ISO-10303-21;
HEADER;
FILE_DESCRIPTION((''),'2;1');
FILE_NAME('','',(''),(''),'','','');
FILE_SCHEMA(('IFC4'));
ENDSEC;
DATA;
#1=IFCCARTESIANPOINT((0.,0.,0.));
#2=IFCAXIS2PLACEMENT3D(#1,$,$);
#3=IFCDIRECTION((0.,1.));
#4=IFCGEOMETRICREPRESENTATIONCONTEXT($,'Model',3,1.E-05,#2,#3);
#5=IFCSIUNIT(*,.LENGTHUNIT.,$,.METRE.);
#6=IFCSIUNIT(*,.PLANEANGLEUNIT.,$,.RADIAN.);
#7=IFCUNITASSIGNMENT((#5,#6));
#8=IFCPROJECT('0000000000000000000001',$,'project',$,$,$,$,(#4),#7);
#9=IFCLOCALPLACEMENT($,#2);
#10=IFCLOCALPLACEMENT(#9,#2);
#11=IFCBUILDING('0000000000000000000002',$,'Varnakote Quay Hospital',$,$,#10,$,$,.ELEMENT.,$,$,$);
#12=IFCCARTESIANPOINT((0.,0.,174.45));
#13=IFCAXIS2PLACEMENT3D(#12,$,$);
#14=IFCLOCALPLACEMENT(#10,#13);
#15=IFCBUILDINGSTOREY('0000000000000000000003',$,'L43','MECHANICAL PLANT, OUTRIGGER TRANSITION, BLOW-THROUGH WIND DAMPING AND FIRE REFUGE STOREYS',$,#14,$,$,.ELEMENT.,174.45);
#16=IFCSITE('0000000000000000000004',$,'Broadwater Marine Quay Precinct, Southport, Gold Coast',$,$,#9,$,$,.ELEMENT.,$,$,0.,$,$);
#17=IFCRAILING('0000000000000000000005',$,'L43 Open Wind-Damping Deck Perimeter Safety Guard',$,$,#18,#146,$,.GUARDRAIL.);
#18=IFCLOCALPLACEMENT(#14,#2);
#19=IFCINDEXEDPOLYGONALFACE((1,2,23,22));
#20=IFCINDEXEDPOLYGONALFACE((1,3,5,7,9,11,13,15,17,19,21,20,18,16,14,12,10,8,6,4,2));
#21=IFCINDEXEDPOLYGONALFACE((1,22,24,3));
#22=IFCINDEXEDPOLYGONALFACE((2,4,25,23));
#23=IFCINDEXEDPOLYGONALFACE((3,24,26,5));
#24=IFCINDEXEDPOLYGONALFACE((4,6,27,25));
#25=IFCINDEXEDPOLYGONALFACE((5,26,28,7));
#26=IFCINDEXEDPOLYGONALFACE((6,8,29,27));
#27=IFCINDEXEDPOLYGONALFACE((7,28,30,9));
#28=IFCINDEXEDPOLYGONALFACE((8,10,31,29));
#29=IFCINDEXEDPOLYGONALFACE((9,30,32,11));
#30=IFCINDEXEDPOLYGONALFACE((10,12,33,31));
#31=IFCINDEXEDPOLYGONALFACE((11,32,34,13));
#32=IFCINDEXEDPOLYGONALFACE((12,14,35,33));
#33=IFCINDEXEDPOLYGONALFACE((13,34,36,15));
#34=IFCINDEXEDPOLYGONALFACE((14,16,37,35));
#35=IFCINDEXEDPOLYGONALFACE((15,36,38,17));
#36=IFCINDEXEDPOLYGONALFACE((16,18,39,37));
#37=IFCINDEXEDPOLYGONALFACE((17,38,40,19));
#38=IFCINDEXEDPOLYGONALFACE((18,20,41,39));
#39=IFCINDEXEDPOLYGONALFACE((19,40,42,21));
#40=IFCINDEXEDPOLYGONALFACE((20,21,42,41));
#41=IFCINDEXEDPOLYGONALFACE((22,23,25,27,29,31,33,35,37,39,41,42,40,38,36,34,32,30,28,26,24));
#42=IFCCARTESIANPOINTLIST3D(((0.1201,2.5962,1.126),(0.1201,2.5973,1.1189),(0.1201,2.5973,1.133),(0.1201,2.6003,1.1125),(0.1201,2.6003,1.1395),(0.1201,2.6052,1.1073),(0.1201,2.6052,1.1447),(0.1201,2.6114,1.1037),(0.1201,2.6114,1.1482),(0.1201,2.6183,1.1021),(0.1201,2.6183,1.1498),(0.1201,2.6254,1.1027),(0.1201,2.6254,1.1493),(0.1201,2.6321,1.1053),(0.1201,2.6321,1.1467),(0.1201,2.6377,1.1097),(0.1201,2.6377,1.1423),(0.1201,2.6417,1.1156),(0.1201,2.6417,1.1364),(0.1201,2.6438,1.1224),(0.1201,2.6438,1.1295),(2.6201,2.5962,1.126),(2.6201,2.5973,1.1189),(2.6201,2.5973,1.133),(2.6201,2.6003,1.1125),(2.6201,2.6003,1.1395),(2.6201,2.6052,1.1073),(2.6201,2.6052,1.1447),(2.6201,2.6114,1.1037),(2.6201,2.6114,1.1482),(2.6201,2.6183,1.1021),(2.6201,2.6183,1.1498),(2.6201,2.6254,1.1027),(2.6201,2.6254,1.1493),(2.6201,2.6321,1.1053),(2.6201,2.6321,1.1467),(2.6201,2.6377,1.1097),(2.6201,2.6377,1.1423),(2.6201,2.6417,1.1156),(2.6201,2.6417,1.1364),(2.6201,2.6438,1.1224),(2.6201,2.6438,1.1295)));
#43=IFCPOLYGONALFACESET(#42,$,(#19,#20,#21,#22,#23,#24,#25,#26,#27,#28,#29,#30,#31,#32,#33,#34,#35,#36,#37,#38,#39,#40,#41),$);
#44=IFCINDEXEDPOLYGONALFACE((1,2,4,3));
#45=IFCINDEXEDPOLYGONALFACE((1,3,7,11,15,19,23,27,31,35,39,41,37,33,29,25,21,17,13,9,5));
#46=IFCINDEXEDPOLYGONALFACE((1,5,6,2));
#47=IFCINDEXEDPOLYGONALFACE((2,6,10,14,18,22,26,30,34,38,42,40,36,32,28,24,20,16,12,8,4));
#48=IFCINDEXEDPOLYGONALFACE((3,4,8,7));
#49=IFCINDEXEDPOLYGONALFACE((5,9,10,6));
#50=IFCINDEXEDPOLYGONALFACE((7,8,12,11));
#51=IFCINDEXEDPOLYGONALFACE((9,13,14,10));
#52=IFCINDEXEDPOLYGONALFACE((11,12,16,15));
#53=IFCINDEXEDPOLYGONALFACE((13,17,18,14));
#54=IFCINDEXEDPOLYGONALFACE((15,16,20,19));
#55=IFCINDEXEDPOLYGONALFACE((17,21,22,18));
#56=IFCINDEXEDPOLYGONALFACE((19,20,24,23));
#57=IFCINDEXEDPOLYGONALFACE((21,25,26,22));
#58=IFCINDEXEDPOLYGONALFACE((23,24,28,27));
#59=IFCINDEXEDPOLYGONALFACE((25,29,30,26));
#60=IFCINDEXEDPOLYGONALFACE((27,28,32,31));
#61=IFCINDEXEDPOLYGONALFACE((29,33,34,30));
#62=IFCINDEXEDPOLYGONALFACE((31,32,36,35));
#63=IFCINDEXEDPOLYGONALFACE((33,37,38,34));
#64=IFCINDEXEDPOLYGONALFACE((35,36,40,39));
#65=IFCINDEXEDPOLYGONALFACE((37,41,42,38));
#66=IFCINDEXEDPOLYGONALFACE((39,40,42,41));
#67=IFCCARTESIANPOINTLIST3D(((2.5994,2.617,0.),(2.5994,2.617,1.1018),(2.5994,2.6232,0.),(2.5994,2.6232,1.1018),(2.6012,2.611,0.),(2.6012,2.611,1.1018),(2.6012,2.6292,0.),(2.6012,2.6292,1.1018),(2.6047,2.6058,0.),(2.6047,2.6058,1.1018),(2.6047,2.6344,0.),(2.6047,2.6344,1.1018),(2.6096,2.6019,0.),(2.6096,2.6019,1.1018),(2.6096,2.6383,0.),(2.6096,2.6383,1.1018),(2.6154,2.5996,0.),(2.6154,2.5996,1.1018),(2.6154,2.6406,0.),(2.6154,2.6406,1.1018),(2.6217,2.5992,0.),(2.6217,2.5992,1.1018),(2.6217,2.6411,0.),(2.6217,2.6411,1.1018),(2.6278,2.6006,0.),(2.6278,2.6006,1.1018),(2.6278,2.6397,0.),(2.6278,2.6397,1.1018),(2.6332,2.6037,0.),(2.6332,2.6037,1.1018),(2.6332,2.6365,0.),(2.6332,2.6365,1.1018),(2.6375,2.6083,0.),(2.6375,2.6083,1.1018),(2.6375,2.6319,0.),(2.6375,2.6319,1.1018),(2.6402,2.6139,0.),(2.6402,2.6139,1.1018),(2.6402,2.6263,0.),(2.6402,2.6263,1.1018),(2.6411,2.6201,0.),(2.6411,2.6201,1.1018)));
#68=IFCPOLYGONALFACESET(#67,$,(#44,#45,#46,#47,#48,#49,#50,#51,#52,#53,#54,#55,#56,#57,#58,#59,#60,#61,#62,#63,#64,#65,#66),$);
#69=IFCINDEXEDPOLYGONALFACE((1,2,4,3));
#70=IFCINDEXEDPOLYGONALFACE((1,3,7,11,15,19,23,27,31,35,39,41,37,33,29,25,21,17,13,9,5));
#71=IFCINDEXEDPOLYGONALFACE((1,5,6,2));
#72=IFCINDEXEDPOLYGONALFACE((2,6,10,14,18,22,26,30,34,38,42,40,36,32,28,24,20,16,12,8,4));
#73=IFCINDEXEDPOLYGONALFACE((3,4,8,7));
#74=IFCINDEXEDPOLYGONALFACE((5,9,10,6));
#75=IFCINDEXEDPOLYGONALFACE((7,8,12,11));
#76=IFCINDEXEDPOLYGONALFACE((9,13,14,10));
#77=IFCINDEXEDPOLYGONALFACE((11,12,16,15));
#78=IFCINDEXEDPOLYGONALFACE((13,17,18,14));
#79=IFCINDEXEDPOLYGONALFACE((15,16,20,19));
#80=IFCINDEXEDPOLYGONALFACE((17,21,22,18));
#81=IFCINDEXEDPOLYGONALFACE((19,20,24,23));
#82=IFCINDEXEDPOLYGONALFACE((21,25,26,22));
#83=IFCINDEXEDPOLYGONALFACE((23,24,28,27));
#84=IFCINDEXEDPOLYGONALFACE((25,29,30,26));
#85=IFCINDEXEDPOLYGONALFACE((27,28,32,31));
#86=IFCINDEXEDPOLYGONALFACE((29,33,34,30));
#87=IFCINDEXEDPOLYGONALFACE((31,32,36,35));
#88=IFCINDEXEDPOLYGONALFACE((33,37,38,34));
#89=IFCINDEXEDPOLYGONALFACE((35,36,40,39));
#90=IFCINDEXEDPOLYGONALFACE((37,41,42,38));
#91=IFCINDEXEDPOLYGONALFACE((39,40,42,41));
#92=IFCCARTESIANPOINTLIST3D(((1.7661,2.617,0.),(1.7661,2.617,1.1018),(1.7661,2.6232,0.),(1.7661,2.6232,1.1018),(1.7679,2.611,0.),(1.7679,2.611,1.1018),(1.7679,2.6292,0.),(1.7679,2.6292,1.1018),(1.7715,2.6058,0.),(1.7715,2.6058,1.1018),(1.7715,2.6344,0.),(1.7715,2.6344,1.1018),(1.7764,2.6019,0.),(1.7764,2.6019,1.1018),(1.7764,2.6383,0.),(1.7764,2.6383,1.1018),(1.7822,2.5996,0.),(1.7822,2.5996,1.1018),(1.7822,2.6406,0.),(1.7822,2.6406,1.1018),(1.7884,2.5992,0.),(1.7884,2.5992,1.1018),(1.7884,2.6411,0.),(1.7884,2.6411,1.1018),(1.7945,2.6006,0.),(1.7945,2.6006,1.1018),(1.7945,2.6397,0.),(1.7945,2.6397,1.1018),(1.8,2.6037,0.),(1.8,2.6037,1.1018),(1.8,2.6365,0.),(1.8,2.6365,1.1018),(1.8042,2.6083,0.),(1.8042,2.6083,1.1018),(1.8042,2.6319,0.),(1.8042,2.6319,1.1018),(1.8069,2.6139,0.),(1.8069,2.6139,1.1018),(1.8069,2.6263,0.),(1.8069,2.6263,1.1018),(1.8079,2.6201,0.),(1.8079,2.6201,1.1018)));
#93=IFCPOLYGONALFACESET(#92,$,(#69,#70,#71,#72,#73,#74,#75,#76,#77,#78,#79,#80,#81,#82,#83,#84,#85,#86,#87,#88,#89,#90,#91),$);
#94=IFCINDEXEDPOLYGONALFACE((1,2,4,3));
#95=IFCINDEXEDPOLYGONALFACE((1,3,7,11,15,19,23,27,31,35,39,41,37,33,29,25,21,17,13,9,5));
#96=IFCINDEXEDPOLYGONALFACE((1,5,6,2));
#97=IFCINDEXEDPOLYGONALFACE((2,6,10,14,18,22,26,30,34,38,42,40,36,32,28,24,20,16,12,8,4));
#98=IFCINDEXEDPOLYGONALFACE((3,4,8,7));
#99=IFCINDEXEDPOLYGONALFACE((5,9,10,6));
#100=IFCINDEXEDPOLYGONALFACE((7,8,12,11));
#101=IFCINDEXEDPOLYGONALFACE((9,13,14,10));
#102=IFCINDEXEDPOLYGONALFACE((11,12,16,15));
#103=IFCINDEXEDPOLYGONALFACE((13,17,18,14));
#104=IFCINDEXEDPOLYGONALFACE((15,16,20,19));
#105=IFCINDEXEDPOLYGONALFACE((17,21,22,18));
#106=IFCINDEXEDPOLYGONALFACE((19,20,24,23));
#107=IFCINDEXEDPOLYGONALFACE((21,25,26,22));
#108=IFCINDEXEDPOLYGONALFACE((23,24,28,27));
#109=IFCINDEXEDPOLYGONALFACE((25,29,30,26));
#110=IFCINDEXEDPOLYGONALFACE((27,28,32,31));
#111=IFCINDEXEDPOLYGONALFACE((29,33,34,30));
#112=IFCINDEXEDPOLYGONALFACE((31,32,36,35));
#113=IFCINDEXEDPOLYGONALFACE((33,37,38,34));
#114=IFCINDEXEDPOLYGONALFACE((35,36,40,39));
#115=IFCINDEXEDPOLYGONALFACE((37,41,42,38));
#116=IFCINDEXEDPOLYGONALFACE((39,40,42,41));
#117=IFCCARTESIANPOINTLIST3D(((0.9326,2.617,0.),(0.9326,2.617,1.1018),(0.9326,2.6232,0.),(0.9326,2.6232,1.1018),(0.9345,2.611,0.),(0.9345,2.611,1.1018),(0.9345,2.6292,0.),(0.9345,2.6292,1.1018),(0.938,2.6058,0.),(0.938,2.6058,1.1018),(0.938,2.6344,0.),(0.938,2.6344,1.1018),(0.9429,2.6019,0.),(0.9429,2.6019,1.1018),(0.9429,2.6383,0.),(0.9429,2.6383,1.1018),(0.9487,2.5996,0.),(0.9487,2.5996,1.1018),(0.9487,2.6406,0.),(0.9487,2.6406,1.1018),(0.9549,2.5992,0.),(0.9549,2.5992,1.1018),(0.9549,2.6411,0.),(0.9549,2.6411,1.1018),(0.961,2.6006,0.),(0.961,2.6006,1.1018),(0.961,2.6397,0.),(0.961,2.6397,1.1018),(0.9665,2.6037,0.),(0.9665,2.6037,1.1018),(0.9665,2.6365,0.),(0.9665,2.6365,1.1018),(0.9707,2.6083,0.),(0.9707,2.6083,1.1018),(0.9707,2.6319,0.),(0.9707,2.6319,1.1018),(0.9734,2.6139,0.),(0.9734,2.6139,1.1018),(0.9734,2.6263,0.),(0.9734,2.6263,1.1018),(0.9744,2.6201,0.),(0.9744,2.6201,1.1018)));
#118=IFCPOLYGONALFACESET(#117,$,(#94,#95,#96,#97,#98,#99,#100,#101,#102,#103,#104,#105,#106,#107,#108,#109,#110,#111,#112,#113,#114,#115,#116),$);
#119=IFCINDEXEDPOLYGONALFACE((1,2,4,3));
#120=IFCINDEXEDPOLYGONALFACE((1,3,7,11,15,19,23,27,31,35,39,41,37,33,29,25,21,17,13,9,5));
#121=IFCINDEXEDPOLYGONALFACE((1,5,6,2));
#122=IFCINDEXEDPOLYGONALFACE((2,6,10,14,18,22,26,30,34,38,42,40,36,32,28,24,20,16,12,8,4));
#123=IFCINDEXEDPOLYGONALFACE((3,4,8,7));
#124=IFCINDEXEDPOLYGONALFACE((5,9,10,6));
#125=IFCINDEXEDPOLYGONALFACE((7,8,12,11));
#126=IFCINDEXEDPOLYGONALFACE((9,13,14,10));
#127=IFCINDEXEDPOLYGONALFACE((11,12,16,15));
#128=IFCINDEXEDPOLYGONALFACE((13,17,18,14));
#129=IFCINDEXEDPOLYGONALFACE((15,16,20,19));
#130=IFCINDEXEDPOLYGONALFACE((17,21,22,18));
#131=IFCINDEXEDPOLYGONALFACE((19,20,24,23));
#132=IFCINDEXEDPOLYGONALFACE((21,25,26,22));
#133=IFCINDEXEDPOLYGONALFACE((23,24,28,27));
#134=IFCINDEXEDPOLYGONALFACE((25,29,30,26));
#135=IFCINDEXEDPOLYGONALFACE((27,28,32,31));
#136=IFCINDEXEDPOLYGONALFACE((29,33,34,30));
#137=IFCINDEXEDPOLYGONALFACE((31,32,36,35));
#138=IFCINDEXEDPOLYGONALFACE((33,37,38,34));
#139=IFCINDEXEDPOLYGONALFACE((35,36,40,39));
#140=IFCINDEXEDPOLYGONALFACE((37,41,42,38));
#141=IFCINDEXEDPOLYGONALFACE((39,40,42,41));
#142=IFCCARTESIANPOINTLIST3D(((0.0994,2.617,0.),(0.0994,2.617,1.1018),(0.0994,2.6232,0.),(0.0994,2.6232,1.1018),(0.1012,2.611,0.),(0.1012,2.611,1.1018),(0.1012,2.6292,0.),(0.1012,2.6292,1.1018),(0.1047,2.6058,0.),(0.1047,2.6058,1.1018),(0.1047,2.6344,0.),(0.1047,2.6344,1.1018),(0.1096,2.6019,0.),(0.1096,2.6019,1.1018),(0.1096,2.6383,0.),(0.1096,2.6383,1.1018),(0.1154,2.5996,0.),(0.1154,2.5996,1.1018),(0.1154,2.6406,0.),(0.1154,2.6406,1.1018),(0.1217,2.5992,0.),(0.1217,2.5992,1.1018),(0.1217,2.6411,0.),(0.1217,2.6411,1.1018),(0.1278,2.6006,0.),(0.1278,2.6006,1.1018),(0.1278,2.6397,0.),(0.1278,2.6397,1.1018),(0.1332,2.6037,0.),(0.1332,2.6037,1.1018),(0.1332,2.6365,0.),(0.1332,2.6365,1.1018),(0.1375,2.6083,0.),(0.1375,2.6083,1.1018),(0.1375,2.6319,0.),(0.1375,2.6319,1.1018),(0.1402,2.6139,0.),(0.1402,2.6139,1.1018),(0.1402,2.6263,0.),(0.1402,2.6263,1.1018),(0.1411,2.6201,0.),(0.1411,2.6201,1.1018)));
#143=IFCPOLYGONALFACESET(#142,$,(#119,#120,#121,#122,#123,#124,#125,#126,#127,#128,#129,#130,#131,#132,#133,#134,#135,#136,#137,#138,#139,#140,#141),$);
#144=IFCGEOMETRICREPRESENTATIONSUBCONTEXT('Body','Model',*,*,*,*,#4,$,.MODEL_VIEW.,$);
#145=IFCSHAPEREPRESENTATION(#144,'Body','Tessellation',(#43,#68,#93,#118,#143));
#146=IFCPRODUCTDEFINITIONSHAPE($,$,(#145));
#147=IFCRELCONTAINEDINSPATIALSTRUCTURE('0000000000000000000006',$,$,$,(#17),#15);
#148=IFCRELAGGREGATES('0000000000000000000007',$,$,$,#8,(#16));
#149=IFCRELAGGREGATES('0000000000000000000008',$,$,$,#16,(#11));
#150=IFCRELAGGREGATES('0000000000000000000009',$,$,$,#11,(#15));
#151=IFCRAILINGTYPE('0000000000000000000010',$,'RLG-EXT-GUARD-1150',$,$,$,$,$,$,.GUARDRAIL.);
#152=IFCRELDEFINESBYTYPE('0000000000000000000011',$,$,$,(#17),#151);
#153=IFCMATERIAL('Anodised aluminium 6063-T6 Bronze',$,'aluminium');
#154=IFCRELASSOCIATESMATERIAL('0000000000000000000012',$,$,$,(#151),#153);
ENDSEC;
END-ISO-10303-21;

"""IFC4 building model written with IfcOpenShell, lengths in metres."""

from ifc_helpers import new_model, si_unit, direction, frame, origin, origin_2d, place, context, subcontext, project, spatial, circle, extrude, material, type_object, element, save


model = new_model("IFC4")

# Units and contexts
model_context = context("Model", 3, precision=1e-05, world=origin(), true_north=direction((0.0, 1.0)))
body_context = subcontext(model_context, "Body", "Model", "MODEL_VIEW")
ifc_project = project(units=[si_unit("LENGTHUNIT", "METRE"), si_unit("PLANEANGLEUNIT", "RADIAN")], contexts=[model_context])

# Site, building, storey
site_placement = place(None, origin())
site = spatial("IfcSite", under=ifc_project, at=site_placement, Name="Broadwater Marine Quay Precinct, Southport, Gold Coast", CompositionType="ELEMENT", RefElevation=0.0)
building_placement = place(site_placement, origin())
building = spatial("IfcBuilding", under=site, at=building_placement, Name="Varnakote Quay Hospital", CompositionType="ELEMENT")
storey_placement = place(building_placement, frame((0.0, 0.0, 174.45)))
storey = spatial("IfcBuildingStorey", under=building, at=storey_placement, Name="L43", Description="MECHANICAL PLANT, OUTRIGGER TRANSITION, BLOW-THROUGH WIND DAMPING AND FIRE REFUGE STOREYS", CompositionType="ELEMENT", Elevation=174.45)

# Railing
ifc_material_1 = material(Name="Anodised aluminium 6063-T6 Bronze", Category="aluminium")
railing_type_1 = type_object("IfcRailingType", Name="RLG-EXT-GUARD-1150", PredefinedType="GUARDRAIL", material=ifc_material_1)
railing_1_placement = place(storey_placement, frame((2.6201, 2.6201, 0.0)))
element("IfcRailing", 1, at=railing_1_placement, inside=storey, type_object=railing_type_1, Name="L43 Open Wind-Damping Deck Perimeter Safety Guard", PredefinedType="GUARDRAIL", context=body_context, shape_type="SweptSolid", body=[
    extrude(circle(Radius=0.0239, at=origin_2d()), frame((0.0, 0.0, 1.126), z_axis=(-1.0, 0.0, 0.0), x_axis=(0.0, -1.0, 0.0)), (0.0, 0.0, 1.0), 2.5),
    extrude(circle(Radius=0.021, at=origin_2d()), origin(), (0.0, 0.0, 1.0), 1.1018),
    extrude(circle(Radius=0.021, at=origin_2d()), frame((-0.8333, 0.0, 0.0)), (0.0, 0.0, 1.0), 1.1018),
    extrude(circle(Radius=0.021, at=origin_2d()), frame((-1.6667, 0.0, 0.0)), (0.0, 0.0, 1.0), 1.1018),
    extrude(circle(Radius=0.021, at=origin_2d()), frame((-2.5, 0.0, 0.0)), (0.0, 0.0, 1.0), 1.1018),
])

save(model, "model.ifc")
